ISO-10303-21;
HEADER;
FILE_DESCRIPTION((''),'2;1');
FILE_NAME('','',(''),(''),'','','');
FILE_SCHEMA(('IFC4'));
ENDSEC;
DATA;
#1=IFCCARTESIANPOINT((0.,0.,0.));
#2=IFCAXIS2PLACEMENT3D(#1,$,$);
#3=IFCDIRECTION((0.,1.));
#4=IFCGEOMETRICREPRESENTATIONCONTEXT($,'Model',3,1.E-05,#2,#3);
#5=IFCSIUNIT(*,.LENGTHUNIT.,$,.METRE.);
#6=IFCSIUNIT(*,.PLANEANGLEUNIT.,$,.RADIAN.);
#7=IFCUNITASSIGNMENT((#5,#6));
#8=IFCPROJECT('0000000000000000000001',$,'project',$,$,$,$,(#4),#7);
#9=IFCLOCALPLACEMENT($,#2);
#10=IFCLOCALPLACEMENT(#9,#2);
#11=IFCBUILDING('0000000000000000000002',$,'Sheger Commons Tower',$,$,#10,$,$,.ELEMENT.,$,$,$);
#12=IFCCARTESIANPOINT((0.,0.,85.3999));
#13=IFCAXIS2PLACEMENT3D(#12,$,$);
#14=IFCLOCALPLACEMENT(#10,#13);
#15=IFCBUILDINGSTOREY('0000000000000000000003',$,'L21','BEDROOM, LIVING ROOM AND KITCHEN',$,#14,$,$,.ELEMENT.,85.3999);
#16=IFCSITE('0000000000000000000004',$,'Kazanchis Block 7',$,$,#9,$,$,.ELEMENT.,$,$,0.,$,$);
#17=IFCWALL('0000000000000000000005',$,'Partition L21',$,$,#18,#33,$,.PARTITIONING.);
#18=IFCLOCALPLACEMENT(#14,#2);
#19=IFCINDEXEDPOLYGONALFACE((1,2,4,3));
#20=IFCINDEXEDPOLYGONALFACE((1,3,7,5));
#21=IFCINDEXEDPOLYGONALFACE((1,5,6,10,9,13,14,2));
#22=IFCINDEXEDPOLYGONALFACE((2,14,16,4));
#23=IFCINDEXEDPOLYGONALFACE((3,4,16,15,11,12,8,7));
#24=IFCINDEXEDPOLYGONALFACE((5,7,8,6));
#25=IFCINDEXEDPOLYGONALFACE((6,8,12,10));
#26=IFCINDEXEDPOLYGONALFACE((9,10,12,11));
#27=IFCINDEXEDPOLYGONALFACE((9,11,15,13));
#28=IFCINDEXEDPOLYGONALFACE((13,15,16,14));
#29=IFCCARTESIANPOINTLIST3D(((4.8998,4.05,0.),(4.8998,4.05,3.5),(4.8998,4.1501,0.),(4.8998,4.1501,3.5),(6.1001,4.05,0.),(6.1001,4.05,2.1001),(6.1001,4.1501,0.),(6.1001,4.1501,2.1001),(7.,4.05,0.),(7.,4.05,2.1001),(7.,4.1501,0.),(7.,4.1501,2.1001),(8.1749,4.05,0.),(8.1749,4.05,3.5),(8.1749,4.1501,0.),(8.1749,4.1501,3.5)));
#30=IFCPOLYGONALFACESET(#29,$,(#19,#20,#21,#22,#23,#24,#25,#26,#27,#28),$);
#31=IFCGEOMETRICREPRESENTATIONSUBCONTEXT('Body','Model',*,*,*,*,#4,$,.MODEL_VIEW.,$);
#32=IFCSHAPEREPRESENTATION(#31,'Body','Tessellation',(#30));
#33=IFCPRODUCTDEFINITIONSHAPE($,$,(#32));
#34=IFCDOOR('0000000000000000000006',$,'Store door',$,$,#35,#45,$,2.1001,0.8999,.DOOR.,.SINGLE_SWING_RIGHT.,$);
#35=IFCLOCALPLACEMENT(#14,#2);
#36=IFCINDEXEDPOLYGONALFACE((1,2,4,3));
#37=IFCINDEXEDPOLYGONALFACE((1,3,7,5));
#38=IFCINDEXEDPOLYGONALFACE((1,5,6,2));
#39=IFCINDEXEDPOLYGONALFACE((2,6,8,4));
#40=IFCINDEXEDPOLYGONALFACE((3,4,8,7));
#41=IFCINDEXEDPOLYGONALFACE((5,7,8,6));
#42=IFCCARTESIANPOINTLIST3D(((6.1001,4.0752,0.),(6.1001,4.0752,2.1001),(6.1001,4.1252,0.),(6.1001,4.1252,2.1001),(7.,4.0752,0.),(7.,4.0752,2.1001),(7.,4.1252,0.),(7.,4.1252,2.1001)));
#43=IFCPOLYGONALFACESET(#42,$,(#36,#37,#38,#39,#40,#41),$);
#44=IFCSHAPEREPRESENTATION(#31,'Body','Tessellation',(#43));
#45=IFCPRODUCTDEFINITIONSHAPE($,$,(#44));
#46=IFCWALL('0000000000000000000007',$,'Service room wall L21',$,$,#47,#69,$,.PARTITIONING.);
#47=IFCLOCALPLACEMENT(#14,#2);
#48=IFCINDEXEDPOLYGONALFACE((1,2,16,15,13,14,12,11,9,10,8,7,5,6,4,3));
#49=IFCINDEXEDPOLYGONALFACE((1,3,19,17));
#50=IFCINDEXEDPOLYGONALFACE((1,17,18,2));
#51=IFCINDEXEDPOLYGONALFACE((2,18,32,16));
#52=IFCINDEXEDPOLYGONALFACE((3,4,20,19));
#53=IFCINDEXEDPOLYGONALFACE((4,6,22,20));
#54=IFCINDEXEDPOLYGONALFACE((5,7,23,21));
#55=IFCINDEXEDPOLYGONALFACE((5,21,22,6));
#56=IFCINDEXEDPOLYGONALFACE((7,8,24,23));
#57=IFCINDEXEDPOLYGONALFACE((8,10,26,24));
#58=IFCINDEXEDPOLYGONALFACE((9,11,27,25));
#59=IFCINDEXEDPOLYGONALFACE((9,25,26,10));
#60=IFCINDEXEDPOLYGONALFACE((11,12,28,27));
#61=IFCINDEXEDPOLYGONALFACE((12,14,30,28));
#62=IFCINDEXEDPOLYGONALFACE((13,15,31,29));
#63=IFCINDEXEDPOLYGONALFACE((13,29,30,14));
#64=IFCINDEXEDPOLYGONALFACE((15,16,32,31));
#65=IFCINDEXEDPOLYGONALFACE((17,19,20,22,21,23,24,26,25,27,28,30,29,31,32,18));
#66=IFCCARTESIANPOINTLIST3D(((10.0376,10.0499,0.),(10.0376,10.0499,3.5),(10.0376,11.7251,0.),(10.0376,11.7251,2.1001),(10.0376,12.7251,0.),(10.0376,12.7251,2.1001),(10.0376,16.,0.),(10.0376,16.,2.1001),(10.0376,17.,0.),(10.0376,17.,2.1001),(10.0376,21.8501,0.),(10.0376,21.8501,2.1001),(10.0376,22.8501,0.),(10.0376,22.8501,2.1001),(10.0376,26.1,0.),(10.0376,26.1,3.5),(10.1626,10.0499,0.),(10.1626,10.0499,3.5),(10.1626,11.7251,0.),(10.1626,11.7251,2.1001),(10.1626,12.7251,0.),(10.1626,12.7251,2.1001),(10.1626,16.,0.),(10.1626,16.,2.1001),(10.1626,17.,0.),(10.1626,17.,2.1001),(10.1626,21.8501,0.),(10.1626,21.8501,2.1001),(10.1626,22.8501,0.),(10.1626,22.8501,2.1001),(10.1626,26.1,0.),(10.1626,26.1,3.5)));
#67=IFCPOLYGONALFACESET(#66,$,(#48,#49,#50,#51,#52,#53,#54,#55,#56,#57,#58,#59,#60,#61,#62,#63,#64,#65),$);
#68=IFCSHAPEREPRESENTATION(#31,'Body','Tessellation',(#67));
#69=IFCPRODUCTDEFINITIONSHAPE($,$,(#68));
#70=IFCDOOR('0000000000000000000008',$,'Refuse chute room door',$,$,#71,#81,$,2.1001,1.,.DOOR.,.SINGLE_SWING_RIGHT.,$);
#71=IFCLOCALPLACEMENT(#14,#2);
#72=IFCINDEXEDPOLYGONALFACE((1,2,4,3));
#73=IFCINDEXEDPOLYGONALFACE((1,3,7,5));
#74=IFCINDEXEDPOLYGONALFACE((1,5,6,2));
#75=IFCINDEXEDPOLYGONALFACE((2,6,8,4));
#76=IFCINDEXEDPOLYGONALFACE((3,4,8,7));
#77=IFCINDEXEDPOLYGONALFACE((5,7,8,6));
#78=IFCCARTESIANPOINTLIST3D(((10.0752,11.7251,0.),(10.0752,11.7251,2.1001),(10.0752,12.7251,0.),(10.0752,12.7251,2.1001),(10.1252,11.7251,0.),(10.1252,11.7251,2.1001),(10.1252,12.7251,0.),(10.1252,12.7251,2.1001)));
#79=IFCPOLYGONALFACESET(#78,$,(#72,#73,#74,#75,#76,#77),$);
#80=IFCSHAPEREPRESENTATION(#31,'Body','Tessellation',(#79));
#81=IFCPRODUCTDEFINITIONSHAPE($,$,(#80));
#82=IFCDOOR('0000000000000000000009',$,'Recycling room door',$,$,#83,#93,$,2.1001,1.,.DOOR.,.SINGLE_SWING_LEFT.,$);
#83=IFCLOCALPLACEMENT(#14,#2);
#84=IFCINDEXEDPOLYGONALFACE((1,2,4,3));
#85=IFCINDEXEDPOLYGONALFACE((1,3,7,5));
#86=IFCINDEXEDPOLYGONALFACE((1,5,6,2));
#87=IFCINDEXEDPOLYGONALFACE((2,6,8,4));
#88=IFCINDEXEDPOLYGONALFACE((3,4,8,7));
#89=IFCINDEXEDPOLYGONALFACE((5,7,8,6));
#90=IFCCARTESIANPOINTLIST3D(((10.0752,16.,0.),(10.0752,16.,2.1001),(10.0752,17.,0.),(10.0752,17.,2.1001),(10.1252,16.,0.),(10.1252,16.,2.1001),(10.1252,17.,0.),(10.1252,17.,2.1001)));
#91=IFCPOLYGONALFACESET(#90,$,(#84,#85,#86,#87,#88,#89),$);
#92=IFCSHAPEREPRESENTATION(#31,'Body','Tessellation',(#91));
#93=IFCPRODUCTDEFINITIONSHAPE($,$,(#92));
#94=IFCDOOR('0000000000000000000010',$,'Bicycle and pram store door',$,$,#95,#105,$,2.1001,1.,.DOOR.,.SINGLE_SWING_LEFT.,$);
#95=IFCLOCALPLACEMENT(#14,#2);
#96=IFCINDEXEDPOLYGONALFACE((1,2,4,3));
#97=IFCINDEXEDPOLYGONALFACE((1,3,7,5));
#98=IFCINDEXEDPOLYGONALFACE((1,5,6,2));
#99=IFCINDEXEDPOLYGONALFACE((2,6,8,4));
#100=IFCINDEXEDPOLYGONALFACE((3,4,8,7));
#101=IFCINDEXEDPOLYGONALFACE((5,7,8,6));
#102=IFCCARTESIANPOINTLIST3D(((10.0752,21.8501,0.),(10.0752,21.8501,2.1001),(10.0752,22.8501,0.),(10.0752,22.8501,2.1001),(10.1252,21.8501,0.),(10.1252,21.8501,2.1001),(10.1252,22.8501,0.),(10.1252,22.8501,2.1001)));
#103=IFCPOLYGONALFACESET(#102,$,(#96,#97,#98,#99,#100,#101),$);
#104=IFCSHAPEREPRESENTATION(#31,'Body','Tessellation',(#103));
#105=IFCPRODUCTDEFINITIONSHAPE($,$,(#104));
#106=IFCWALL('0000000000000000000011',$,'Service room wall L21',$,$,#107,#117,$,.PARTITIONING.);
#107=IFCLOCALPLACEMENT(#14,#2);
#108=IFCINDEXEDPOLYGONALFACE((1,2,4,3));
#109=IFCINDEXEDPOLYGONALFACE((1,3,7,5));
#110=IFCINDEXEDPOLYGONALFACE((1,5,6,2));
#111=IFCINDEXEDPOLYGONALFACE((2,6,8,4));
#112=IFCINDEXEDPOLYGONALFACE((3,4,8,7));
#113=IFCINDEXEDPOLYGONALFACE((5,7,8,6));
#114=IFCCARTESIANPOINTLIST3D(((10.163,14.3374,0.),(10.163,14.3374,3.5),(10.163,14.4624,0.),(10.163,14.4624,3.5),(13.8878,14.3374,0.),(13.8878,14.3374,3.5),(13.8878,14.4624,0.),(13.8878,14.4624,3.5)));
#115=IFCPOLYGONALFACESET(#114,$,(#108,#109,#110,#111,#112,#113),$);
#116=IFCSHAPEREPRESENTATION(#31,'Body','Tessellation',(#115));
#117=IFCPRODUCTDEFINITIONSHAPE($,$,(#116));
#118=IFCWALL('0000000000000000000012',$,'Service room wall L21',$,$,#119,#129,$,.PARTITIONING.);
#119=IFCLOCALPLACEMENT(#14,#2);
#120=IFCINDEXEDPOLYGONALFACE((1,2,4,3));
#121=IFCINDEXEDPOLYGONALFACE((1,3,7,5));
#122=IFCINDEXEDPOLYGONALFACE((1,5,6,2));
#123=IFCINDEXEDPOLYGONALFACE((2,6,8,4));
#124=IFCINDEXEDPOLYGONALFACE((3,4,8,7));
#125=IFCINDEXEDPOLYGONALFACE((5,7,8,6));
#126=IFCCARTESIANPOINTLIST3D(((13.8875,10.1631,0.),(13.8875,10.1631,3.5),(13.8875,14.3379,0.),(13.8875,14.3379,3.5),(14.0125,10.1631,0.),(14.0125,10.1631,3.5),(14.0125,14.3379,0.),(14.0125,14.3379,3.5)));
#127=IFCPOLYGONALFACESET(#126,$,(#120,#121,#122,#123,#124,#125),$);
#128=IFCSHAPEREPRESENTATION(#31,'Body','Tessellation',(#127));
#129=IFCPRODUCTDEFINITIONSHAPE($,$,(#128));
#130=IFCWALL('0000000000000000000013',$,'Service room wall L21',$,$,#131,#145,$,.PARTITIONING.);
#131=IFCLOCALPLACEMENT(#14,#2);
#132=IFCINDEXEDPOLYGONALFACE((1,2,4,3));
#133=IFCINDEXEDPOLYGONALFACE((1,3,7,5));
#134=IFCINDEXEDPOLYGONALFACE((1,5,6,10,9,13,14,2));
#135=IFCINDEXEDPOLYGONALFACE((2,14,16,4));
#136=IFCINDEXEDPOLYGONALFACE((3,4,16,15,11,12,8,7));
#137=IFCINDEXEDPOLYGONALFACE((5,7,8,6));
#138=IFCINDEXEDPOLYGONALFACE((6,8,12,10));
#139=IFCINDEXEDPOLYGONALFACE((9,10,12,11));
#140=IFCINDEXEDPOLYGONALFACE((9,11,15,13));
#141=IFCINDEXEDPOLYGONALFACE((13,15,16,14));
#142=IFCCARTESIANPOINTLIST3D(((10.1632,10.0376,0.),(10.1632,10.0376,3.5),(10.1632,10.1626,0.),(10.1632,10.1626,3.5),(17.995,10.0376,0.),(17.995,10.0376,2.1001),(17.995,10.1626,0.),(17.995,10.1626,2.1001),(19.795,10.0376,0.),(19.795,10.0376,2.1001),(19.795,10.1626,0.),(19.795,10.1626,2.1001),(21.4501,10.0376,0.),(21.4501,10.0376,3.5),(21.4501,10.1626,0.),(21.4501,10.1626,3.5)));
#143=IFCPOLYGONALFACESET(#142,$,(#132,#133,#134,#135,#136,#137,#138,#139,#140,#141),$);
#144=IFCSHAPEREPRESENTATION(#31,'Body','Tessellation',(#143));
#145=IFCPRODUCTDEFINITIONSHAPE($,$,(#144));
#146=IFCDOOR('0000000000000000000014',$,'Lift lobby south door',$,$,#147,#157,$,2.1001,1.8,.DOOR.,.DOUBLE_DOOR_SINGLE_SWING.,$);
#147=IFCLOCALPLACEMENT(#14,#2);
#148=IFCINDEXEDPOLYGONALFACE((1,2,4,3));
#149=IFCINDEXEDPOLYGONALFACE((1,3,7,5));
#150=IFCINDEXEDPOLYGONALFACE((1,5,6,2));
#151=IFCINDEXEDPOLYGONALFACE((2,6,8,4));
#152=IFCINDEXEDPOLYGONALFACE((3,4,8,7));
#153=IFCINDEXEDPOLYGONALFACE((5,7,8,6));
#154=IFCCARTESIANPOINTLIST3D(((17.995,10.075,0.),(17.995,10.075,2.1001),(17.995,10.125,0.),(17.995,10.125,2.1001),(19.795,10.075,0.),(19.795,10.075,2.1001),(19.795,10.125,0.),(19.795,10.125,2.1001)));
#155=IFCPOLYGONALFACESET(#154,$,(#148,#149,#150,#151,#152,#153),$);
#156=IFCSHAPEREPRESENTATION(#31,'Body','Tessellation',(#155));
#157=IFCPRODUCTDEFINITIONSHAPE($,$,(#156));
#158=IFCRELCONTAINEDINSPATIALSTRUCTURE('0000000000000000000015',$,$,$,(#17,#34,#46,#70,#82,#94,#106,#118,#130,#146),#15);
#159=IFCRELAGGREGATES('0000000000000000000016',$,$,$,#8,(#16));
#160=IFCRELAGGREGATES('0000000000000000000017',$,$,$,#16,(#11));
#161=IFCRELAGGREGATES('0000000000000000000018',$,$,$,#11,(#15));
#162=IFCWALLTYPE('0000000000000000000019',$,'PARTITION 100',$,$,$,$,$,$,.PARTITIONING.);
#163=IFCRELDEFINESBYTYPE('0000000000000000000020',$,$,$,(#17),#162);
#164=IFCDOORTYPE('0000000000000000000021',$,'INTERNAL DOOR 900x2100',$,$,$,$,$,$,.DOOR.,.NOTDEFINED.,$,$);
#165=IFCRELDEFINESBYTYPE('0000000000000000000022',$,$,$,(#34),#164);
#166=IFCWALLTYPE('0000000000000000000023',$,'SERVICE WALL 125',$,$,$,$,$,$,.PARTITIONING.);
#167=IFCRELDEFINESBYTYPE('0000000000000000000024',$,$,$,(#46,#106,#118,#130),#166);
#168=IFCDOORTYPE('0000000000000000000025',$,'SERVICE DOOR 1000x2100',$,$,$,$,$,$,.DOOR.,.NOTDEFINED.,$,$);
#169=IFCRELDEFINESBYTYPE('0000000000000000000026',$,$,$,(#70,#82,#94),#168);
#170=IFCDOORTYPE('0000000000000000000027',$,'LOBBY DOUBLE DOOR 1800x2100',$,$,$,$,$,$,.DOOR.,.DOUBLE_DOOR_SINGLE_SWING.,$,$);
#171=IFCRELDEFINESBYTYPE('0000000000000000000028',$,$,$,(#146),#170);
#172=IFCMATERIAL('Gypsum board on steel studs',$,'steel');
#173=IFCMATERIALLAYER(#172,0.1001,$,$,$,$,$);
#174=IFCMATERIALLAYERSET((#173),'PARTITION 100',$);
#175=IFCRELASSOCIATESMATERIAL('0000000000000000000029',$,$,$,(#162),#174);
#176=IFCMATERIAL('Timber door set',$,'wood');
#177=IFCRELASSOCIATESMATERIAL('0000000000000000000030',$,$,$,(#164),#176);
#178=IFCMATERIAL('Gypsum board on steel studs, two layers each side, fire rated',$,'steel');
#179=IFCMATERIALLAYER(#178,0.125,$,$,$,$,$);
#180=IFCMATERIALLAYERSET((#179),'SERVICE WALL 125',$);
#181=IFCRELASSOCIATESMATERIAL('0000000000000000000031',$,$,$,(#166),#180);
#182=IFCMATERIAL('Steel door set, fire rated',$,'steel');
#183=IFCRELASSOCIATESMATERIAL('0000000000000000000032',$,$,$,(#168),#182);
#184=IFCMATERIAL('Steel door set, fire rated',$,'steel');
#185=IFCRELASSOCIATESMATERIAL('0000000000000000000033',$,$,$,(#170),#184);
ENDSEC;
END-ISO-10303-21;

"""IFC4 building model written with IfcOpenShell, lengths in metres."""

from ifc_helpers import new_model, si_unit, direction, frame, frame_2d, origin, place, context, subcontext, project, spatial, rectangle, extrude, material, layer, layer_set, type_object, element, fill, save


model = new_model("IFC4")

# Units and contexts
model_context = context("Model", 3, precision=1e-05, world=origin(), true_north=direction((0.0, 1.0)))
body_context = subcontext(model_context, "Body", "Model", "MODEL_VIEW")
ifc_project = project(units=[si_unit("LENGTHUNIT", "METRE"), si_unit("PLANEANGLEUNIT", "RADIAN")], contexts=[model_context])

# Site, building, storey
site_placement = place(None, origin())
site = spatial("IfcSite", under=ifc_project, at=site_placement, Name="Kazanchis Block 7", CompositionType="ELEMENT", RefElevation=0.0)
building_placement = place(site_placement, origin())
building = spatial("IfcBuilding", under=site, at=building_placement, Name="Sheger Commons Tower", CompositionType="ELEMENT")
storey_placement = place(building_placement, frame((0.0, 0.0, 85.3999)))
storey = spatial("IfcBuildingStorey", under=building, at=storey_placement, Name="L21", Description="BEDROOM, LIVING ROOM AND KITCHEN", CompositionType="ELEMENT", Elevation=85.3999)

# Shared definitions
ifc_material_1 = material(Name="Gypsum board on steel studs", Category="steel")
ifc_layer_1 = layer(ifc_material_1, 0.1001)
ifc_layer_set_1 = layer_set([ifc_layer_1], Name="PARTITION 100")
wall_type_1 = type_object("IfcWallType", Name="PARTITION 100", PredefinedType="PARTITIONING", material=ifc_layer_set_1)

# Shared definitions
ifc_material_2 = material(Name="Timber door set", Category="wood")
door_type_1 = type_object("IfcDoorType", Name="INTERNAL DOOR 900x2100", OperationType="NOTDEFINED", PredefinedType="DOOR", material=ifc_material_2)

# Wall, opening, door
wall_1_placement = place(storey_placement, frame((8.175, 4.1001, 0.0), z_axis=(0.0, 0.0, 1.0), x_axis=(-1.0, 0.0, 0.0)))
wall_1 = element("IfcWall", 1, at=wall_1_placement, inside=storey, type_object=wall_type_1, Name="Partition L21", PredefinedType="PARTITIONING", context=body_context, shape_type="SweptSolid", body=[
    extrude(rectangle(XDim=3.2751, YDim=0.1001, at=frame_2d((1.6377, 0.0))), origin(), (0.0, 0.0, 1.0), 3.5),
])
opening_1_placement = place(wall_1_placement, frame((1.175, 0.0, 0.0)))
opening_1 = element("IfcOpeningElement", 2, at=opening_1_placement, cuts=wall_1, PredefinedType="OPENING", context=body_context, shape_type="SweptSolid", body=[
    extrude(rectangle(XDim=0.8999, YDim=2.1001, at=frame_2d((0.45, 1.05))), frame((0.0, 0.0601, 0.0), z_axis=(0.0, -1.0, 0.0), x_axis=(1.0, 0.0, 0.0)), (0.0, 0.0, 1.0), 0.1201),
])
door_1_placement = place(opening_1_placement, origin())
door_1 = element("IfcDoor", 3, at=door_1_placement, inside=storey, type_object=door_type_1, Name="Store door", OperationType="SINGLE_SWING_RIGHT", OverallHeight=2.1001, OverallWidth=0.8999, PredefinedType="DOOR", context=body_context, shape_type="SweptSolid", body=[
    extrude(rectangle(XDim=0.8999, YDim=2.1001, at=frame_2d((0.45, 1.05))), frame((0.0, 0.0249, 0.0), z_axis=(0.0, -1.0, 0.0), x_axis=(1.0, 0.0, 0.0)), (0.0, 0.0, 1.0), 0.05),
])
fill(opening_1, door_1)

# Wall, openings, doors
ifc_material_3 = material(Name="Gypsum board on steel studs, two layers each side, fire rated", Category="steel")
ifc_layer_2 = layer(ifc_material_3, 0.125)
ifc_layer_set_2 = layer_set([ifc_layer_2], Name="SERVICE WALL 125")
wall_type_2 = type_object("IfcWallType", Name="SERVICE WALL 125", PredefinedType="PARTITIONING", material=ifc_layer_set_2)
wall_2_placement = place(storey_placement, frame((10.1001, 10.05, 0.0), z_axis=(0.0, 0.0, 1.0), x_axis=(0.0, 1.0, 0.0)))
wall_2 = element("IfcWall", 4, at=wall_2_placement, inside=storey, type_object=wall_type_2, Name="Service room wall L21", PredefinedType="PARTITIONING", context=body_context, shape_type="SweptSolid", body=[
    extrude(rectangle(XDim=16.05, YDim=0.125, at=frame_2d((8.0249, 0.0))), origin(), (0.0, 0.0, 1.0), 3.5),
])
opening_2_placement = place(wall_2_placement, frame((1.675, 0.0, 0.0)))
opening_2 = element("IfcOpeningElement", 5, at=opening_2_placement, cuts=wall_2, PredefinedType="OPENING", context=body_context, shape_type="SweptSolid", body=[
    extrude(rectangle(XDim=1.0, YDim=2.1001, at=frame_2d((0.5, 1.05))), frame((0.0, 0.0725, 0.0), z_axis=(0.0, -1.0, 0.0), x_axis=(1.0, 0.0, 0.0)), (0.0, 0.0, 1.0), 0.145),
])
opening_3_placement = place(wall_2_placement, frame((5.95, 0.0, 0.0)))
opening_3 = element("IfcOpeningElement", 6, at=opening_3_placement, cuts=wall_2, PredefinedType="OPENING", context=body_context, shape_type="SweptSolid", body=[
    extrude(rectangle(XDim=1.0, YDim=2.1001, at=frame_2d((0.5, 1.05))), frame((0.0, 0.0725, 0.0), z_axis=(0.0, -1.0, 0.0), x_axis=(1.0, 0.0, 0.0)), (0.0, 0.0, 1.0), 0.145),
])
opening_4_placement = place(wall_2_placement, frame((11.8, 0.0, 0.0)))
opening_4 = element("IfcOpeningElement", 7, at=opening_4_placement, cuts=wall_2, PredefinedType="OPENING", context=body_context, shape_type="SweptSolid", body=[
    extrude(rectangle(XDim=1.0, YDim=2.1001, at=frame_2d((0.5, 1.05))), frame((0.0, 0.0725, 0.0), z_axis=(0.0, -1.0, 0.0), x_axis=(1.0, 0.0, 0.0)), (0.0, 0.0, 1.0), 0.145),
])
ifc_material_4 = material(Name="Steel door set, fire rated", Category="steel")
door_type_2 = type_object("IfcDoorType", Name="SERVICE DOOR 1000x2100", OperationType="NOTDEFINED", PredefinedType="DOOR", material=ifc_material_4)
door_2_placement = place(opening_2_placement, origin())
door_2 = element("IfcDoor", 8, at=door_2_placement, inside=storey, type_object=door_type_2, Name="Refuse chute room door", OperationType="SINGLE_SWING_RIGHT", OverallHeight=2.1001, OverallWidth=1.0, PredefinedType="DOOR", context=body_context, shape_type="SweptSolid", body=[
    extrude(rectangle(XDim=1.0, YDim=2.1001, at=frame_2d((0.5, 1.05))), frame((0.0, 0.0249, 0.0), z_axis=(0.0, -1.0, 0.0), x_axis=(1.0, 0.0, 0.0)), (0.0, 0.0, 1.0), 0.05),
])
fill(opening_2, door_2)
door_3_placement = place(opening_3_placement, origin())
door_3 = element("IfcDoor", 9, at=door_3_placement, inside=storey, type_object=door_type_2, Name="Recycling room door", OperationType="SINGLE_SWING_LEFT", OverallHeight=2.1001, OverallWidth=1.0, PredefinedType="DOOR", context=body_context, shape_type="SweptSolid", body=[
    extrude(rectangle(XDim=1.0, YDim=2.1001, at=frame_2d((0.5, 1.05))), frame((0.0, 0.0249, 0.0), z_axis=(0.0, -1.0, 0.0), x_axis=(1.0, 0.0, 0.0)), (0.0, 0.0, 1.0), 0.05),
])
fill(opening_3, door_3)
door_4_placement = place(opening_4_placement, origin())
door_4 = element("IfcDoor", 10, at=door_4_placement, inside=storey, type_object=door_type_2, Name="Bicycle and pram store door", OperationType="SINGLE_SWING_LEFT", OverallHeight=2.1001, OverallWidth=1.0, PredefinedType="DOOR", context=body_context, shape_type="SweptSolid", body=[
    extrude(rectangle(XDim=1.0, YDim=2.1001, at=frame_2d((0.5, 1.05))), frame((0.0, 0.0249, 0.0), z_axis=(0.0, -1.0, 0.0), x_axis=(1.0, 0.0, 0.0)), (0.0, 0.0, 1.0), 0.05),
])
fill(opening_4, door_4)

# Walls
wall_3_placement = place(storey_placement, frame((10.1631, 14.3999, 0.0), z_axis=(0.0, 0.0, 1.0), x_axis=(1.0, 0.0, 0.0)))
element("IfcWall", 11, at=wall_3_placement, inside=storey, type_object=wall_type_2, Name="Service room wall L21", PredefinedType="PARTITIONING", context=body_context, shape_type="SweptSolid", body=[
    extrude(rectangle(XDim=3.7249, YDim=0.125, at=frame_2d((1.8623, 0.0))), origin(), (0.0, 0.0, 1.0), 3.5),
])
wall_4_placement = place(storey_placement, frame((13.95, 10.1631, 0.0), z_axis=(0.0, 0.0, 1.0), x_axis=(0.0, 1.0, 0.0)))
element("IfcWall", 12, at=wall_4_placement, inside=storey, type_object=wall_type_2, Name="Service room wall L21", PredefinedType="PARTITIONING", context=body_context, shape_type="SweptSolid", body=[
    extrude(rectangle(XDim=4.1748, YDim=0.125, at=frame_2d((2.0874, 0.0))), origin(), (0.0, 0.0, 1.0), 3.5),
])

# Wall, opening, door
wall_5_placement = place(storey_placement, frame((10.1631, 10.1001, 0.0), z_axis=(0.0, 0.0, 1.0), x_axis=(1.0, 0.0, 0.0)))
wall_5 = element("IfcWall", 13, at=wall_5_placement, inside=storey, type_object=wall_type_2, Name="Service room wall L21", PredefinedType="PARTITIONING", context=body_context, shape_type="SweptSolid", body=[
    extrude(rectangle(XDim=11.2869, YDim=0.125, at=frame_2d((5.6436, 0.0))), origin(), (0.0, 0.0, 1.0), 3.5),
])
opening_5_placement = place(wall_5_placement, frame((7.832, 0.0, 0.0)))
opening_5 = element("IfcOpeningElement", 14, at=opening_5_placement, cuts=wall_5, PredefinedType="OPENING", context=body_context, shape_type="SweptSolid", body=[
    extrude(rectangle(XDim=1.8, YDim=2.1001, at=frame_2d((0.8999, 1.05))), frame((0.0, 0.0725, 0.0), z_axis=(0.0, -1.0, 0.0), x_axis=(1.0, 0.0, 0.0)), (0.0, 0.0, 1.0), 0.145),
])
ifc_material_5 = material(Name="Steel door set, fire rated", Category="steel")
door_type_3 = type_object("IfcDoorType", Name="LOBBY DOUBLE DOOR 1800x2100", OperationType="DOUBLE_DOOR_SINGLE_SWING", PredefinedType="DOOR", material=ifc_material_5)
door_5_placement = place(opening_5_placement, origin())
door_5 = element("IfcDoor", 15, at=door_5_placement, inside=storey, type_object=door_type_3, Name="Lift lobby south door", OperationType="DOUBLE_DOOR_SINGLE_SWING", OverallHeight=2.1001, OverallWidth=1.8, PredefinedType="DOOR", context=body_context, shape_type="SweptSolid", body=[
    extrude(rectangle(XDim=1.8, YDim=2.1001, at=frame_2d((0.8999, 1.05))), frame((0.0, 0.0249, 0.0), z_axis=(0.0, -1.0, 0.0), x_axis=(1.0, 0.0, 0.0)), (0.0, 0.0, 1.0), 0.05),
])
fill(opening_5, door_5)

save(model, "model.ifc")
